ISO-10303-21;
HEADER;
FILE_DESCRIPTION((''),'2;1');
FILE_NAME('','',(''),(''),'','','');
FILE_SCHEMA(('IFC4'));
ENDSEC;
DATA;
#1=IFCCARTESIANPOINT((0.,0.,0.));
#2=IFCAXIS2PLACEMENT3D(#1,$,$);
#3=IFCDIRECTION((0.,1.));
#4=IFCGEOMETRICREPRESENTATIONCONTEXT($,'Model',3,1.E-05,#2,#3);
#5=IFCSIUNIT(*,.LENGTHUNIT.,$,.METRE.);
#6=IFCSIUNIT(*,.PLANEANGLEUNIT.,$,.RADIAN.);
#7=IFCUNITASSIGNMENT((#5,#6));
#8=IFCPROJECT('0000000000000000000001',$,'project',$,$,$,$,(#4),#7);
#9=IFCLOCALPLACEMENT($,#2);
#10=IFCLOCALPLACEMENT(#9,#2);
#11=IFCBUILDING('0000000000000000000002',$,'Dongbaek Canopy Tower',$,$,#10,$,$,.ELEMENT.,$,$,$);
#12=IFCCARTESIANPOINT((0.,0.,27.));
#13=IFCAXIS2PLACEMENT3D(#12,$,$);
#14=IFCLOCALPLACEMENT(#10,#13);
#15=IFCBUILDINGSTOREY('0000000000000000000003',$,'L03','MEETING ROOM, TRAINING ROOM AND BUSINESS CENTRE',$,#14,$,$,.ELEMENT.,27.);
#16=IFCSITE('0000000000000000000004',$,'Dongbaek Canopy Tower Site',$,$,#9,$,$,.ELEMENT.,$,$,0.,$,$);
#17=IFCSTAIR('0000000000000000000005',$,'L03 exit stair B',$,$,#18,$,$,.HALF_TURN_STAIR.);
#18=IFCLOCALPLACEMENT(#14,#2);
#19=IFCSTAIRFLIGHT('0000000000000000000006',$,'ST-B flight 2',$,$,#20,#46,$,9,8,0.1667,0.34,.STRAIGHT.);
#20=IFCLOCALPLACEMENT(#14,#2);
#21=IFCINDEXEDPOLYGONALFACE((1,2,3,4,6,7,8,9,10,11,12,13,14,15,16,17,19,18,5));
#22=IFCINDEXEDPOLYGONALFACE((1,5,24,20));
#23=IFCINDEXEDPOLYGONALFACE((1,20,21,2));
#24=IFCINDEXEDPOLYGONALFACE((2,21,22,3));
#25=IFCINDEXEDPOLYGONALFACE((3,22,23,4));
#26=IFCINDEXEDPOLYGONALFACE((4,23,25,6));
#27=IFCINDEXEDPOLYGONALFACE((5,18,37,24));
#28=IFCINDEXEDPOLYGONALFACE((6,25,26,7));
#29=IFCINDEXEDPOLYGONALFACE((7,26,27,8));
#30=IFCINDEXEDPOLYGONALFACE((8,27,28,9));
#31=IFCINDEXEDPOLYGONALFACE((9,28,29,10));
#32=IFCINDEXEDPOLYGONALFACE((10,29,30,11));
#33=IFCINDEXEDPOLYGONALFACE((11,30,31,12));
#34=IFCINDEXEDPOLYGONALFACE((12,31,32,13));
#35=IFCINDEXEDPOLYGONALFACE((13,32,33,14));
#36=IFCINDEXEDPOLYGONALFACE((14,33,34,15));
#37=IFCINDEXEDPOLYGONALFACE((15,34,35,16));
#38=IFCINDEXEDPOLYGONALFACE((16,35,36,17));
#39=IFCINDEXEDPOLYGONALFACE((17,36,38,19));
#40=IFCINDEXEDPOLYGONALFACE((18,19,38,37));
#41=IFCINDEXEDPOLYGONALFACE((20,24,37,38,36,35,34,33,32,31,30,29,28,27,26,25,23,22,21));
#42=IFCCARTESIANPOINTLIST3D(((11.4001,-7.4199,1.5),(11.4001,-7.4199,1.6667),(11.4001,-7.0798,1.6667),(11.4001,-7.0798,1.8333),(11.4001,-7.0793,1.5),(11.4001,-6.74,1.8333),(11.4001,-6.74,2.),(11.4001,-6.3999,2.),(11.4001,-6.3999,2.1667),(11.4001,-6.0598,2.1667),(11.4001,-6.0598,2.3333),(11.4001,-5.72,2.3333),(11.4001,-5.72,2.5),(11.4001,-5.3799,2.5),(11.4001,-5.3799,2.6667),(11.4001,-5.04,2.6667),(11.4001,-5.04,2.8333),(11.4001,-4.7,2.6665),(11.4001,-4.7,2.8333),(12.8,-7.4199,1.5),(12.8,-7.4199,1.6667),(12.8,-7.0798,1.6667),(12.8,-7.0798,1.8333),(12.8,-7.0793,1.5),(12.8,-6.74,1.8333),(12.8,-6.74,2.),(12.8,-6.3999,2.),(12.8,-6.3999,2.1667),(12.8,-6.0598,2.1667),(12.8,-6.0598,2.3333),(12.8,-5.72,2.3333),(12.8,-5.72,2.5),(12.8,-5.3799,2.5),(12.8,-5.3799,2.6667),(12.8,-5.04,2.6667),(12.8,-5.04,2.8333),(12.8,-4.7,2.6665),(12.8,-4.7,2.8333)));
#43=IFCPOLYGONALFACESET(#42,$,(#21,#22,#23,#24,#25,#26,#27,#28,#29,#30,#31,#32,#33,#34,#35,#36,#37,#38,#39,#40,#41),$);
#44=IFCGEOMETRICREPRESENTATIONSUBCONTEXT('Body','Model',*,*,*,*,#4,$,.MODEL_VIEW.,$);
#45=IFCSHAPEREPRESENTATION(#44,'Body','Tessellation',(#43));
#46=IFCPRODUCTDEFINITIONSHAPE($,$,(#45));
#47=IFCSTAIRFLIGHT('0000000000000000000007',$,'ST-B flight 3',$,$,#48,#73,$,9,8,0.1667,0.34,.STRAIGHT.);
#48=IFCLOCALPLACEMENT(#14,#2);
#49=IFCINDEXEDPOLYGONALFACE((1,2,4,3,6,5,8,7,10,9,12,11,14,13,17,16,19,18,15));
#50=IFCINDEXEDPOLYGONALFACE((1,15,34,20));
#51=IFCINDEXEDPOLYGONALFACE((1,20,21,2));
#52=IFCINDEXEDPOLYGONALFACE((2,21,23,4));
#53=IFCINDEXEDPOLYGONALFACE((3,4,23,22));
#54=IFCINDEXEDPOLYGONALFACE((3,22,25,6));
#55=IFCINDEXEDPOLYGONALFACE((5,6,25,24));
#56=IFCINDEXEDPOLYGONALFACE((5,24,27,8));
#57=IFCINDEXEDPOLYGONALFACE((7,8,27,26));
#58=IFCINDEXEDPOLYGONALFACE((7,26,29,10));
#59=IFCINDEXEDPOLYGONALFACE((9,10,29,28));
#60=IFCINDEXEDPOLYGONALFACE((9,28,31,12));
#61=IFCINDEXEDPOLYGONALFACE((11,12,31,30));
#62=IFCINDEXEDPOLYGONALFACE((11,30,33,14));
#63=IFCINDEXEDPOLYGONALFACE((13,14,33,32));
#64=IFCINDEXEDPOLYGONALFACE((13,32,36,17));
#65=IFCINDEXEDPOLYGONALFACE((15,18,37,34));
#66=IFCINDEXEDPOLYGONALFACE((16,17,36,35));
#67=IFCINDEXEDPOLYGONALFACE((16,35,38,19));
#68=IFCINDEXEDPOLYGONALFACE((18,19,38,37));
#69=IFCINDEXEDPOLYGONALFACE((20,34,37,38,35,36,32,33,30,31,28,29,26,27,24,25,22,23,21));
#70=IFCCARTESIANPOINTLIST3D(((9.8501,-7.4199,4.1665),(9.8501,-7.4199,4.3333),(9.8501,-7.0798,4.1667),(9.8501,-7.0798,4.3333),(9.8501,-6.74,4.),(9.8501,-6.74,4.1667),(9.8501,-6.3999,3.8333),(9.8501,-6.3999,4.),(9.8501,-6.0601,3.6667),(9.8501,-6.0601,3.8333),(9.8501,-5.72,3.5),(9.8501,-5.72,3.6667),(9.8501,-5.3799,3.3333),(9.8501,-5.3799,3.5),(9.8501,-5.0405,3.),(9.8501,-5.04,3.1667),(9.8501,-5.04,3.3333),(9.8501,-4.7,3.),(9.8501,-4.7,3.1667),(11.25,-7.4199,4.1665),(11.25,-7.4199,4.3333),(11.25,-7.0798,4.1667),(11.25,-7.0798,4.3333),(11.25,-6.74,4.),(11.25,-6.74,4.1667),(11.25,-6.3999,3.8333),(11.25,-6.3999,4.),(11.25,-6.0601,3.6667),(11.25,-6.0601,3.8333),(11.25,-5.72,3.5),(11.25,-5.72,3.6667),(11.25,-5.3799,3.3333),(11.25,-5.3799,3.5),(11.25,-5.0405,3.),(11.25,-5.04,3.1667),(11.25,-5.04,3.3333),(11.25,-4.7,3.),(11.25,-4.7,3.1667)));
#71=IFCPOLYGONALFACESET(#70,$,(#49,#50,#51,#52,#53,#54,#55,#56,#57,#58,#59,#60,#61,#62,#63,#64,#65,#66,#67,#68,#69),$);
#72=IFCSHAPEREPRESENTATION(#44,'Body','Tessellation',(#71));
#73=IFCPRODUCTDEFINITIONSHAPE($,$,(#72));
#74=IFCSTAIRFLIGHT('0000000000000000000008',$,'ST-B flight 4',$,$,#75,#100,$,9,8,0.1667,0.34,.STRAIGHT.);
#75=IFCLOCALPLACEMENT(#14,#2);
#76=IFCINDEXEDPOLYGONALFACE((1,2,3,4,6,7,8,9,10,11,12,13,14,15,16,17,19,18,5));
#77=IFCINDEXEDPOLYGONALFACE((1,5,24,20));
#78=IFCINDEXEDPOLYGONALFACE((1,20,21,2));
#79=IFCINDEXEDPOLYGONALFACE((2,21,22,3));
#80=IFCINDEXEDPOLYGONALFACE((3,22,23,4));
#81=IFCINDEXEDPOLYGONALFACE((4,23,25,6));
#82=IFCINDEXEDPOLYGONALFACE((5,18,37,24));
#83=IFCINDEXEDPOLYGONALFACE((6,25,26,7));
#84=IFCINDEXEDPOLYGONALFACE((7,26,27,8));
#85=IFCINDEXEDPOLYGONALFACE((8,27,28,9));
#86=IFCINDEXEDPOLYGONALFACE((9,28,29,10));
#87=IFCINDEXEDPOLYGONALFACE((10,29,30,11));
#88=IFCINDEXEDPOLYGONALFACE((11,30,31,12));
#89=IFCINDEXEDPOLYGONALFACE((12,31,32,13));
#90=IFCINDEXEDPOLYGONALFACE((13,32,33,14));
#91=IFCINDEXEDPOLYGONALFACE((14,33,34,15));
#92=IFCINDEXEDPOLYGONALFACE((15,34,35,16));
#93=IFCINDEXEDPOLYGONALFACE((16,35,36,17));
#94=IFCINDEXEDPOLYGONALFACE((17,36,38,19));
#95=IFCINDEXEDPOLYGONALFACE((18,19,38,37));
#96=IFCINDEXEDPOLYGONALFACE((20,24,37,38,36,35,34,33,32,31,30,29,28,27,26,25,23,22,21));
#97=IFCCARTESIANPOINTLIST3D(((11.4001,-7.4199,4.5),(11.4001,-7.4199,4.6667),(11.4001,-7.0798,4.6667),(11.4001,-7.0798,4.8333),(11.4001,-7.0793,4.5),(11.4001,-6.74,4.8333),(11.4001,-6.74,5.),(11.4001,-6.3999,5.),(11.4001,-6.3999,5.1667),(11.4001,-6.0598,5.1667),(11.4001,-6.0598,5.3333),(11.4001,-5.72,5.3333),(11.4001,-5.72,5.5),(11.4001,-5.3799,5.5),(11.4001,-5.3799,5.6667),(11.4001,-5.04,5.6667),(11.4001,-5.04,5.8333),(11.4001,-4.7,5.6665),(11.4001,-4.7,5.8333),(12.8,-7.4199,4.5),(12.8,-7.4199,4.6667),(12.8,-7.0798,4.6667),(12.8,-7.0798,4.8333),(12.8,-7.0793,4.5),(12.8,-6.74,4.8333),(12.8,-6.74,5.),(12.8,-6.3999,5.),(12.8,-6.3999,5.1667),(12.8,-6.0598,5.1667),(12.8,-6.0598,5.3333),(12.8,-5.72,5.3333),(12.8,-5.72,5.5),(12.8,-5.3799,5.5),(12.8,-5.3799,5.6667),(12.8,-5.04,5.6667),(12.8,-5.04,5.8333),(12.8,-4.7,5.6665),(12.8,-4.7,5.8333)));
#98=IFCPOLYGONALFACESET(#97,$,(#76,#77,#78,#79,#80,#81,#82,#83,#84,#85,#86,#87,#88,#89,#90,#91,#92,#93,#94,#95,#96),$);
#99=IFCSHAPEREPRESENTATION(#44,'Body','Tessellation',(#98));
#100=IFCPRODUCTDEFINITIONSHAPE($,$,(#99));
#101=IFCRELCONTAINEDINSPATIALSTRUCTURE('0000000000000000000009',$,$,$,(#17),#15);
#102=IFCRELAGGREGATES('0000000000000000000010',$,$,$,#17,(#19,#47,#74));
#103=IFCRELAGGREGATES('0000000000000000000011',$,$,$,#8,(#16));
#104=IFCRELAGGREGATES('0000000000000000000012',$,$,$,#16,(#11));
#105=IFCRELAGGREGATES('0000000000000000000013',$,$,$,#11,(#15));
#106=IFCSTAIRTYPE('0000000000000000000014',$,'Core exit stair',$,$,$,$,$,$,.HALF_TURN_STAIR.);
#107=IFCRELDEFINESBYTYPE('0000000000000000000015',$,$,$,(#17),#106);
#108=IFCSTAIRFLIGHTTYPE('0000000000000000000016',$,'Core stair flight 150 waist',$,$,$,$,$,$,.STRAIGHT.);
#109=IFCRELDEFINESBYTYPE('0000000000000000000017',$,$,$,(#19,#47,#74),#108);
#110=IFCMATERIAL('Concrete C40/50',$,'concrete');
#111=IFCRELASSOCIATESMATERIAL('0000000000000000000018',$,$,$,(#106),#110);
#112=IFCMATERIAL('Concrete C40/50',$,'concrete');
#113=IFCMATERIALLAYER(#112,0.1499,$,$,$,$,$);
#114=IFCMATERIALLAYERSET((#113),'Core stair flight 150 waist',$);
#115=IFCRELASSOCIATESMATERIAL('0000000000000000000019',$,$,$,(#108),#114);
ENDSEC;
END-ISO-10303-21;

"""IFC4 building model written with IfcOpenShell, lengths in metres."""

from ifc_helpers import new_model, si_unit, direction, frame, origin, place, context, subcontext, project, spatial, polyline, outline, extrude, material, layer, layer_set, type_object, element, aggregate, save


model = new_model("IFC4")

# Units and contexts
model_context = context("Model", 3, precision=1e-05, world=origin(), true_north=direction((0.0, 1.0)))
body_context = subcontext(model_context, "Body", "Model", "MODEL_VIEW")
ifc_project = project(units=[si_unit("LENGTHUNIT", "METRE"), si_unit("PLANEANGLEUNIT", "RADIAN")], contexts=[model_context])

# Site, building, storey
site_placement = place(None, origin())
site = spatial("IfcSite", under=ifc_project, at=site_placement, Name="Dongbaek Canopy Tower Site", CompositionType="ELEMENT", RefElevation=0.0)
building_placement = place(site_placement, origin())
building = spatial("IfcBuilding", under=site, at=building_placement, Name="Dongbaek Canopy Tower", CompositionType="ELEMENT")
storey_placement = place(building_placement, frame((0.0, 0.0, 27.0)))
storey = spatial("IfcBuildingStorey", under=building, at=storey_placement, Name="L03", Description="MEETING ROOM, TRAINING ROOM AND BUSINESS CENTRE", CompositionType="ELEMENT", Elevation=27.0)

# Stair, stair flights
ifc_material_1 = material(Name="Concrete C40/50", Category="concrete")
stair_type = type_object("IfcStairType", Name="Core exit stair", PredefinedType="HALF_TURN_STAIR", material=ifc_material_1)
stair_placement = place(storey_placement, origin())
stair = element("IfcStair", 1, at=stair_placement, inside=storey, type_object=stair_type, Name="L03 exit stair B", PredefinedType="HALF_TURN_STAIR")
ifc_material_2 = material(Name="Concrete C40/50", Category="concrete")
ifc_layer_1 = layer(ifc_material_2, 0.1499)
ifc_layer_set_1 = layer_set([ifc_layer_1], Name="Core stair flight 150 waist")
stair_flight_type = type_object("IfcStairFlightType", Name="Core stair flight 150 waist", PredefinedType="STRAIGHT", material=ifc_layer_set_1)
stair_flight_1_placement = place(storey_placement, frame((12.1001, -7.4199, 1.5), z_axis=(0.0, 0.0, 1.0), x_axis=(0.0, 1.0, 0.0)))
stair_flight_1 = element("IfcStairFlight", 2, at=stair_flight_1_placement, type_object=stair_flight_type, Name="ST-B flight 2", NumberOfRisers=9, NumberOfTreads=8, PredefinedType="STRAIGHT", RiserHeight=0.1667, TreadLength=0.34, context=body_context, shape_type="SweptSolid", body=[
    extrude(outline(polyline([(0.0, 0.0), (0.0, 0.1667), (0.3401, 0.1667), (0.3401, 0.3333), (0.6799, 0.3333), (0.6799, 0.5), (1.02, 0.5), (1.02, 0.6667), (1.3601, 0.6667), (1.3601, 0.8333), (1.7, 0.8333), (1.7, 1.0), (2.04, 1.0), (2.04, 1.1667), (2.3799, 1.1667), (2.3799, 1.3333), (2.72, 1.3333), (2.72, 1.5), (2.72, 1.1665), (0.3406, 0.0), (0.0, 0.0)])), frame((0.0, 0.7, 0.0), z_axis=(0.0, -1.0, 0.0), x_axis=(1.0, 0.0, 0.0)), (0.0, 0.0, 1.0), 1.3999),
])
stair_flight_2_placement = place(storey_placement, frame((10.55, -4.7, 3.0), z_axis=(0.0, 0.0, 1.0), x_axis=(0.0, -1.0, 0.0)))
stair_flight_2 = element("IfcStairFlight", 3, at=stair_flight_2_placement, type_object=stair_flight_type, Name="ST-B flight 3", NumberOfRisers=9, NumberOfTreads=8, PredefinedType="STRAIGHT", RiserHeight=0.1667, TreadLength=0.34, context=body_context, shape_type="SweptSolid", body=[
    extrude(outline(polyline([(0.0, 0.0), (0.0, 0.1667), (0.3401, 0.1667), (0.3401, 0.3333), (0.6799, 0.3333), (0.6799, 0.5), (1.02, 0.5), (1.02, 0.6667), (1.3601, 0.6667), (1.3601, 0.8333), (1.7, 0.8333), (1.7, 1.0), (2.04, 1.0), (2.04, 1.1667), (2.3799, 1.1667), (2.3799, 1.3333), (2.72, 1.3333), (2.72, 1.5), (2.72, 1.1665), (0.3406, 0.0), (0.0, 0.0)])), frame((0.0, 0.7, 0.0), z_axis=(0.0, -1.0, 0.0), x_axis=(1.0, 0.0, 0.0)), (0.0, 0.0, 1.0), 1.3999),
])
stair_flight_3_placement = place(storey_placement, frame((12.1001, -7.4199, 4.5), z_axis=(0.0, 0.0, 1.0), x_axis=(0.0, 1.0, 0.0)))
stair_flight_3 = element("IfcStairFlight", 4, at=stair_flight_3_placement, type_object=stair_flight_type, Name="ST-B flight 4", NumberOfRisers=9, NumberOfTreads=8, PredefinedType="STRAIGHT", RiserHeight=0.1667, TreadLength=0.34, context=body_context, shape_type="SweptSolid", body=[
    extrude(outline(polyline([(0.0, 0.0), (0.0, 0.1667), (0.3401, 0.1667), (0.3401, 0.3333), (0.6799, 0.3333), (0.6799, 0.5), (1.02, 0.5), (1.02, 0.6667), (1.3601, 0.6667), (1.3601, 0.8333), (1.7, 0.8333), (1.7, 1.0), (2.04, 1.0), (2.04, 1.1667), (2.3799, 1.1667), (2.3799, 1.3333), (2.72, 1.3333), (2.72, 1.5), (2.72, 1.1665), (0.3406, 0.0), (0.0, 0.0)])), frame((0.0, 0.7, 0.0), z_axis=(0.0, -1.0, 0.0), x_axis=(1.0, 0.0, 0.0)), (0.0, 0.0, 1.0), 1.3999),
])
aggregate(stair, [stair_flight_1, stair_flight_2, stair_flight_3])

save(model, "model.ifc")
